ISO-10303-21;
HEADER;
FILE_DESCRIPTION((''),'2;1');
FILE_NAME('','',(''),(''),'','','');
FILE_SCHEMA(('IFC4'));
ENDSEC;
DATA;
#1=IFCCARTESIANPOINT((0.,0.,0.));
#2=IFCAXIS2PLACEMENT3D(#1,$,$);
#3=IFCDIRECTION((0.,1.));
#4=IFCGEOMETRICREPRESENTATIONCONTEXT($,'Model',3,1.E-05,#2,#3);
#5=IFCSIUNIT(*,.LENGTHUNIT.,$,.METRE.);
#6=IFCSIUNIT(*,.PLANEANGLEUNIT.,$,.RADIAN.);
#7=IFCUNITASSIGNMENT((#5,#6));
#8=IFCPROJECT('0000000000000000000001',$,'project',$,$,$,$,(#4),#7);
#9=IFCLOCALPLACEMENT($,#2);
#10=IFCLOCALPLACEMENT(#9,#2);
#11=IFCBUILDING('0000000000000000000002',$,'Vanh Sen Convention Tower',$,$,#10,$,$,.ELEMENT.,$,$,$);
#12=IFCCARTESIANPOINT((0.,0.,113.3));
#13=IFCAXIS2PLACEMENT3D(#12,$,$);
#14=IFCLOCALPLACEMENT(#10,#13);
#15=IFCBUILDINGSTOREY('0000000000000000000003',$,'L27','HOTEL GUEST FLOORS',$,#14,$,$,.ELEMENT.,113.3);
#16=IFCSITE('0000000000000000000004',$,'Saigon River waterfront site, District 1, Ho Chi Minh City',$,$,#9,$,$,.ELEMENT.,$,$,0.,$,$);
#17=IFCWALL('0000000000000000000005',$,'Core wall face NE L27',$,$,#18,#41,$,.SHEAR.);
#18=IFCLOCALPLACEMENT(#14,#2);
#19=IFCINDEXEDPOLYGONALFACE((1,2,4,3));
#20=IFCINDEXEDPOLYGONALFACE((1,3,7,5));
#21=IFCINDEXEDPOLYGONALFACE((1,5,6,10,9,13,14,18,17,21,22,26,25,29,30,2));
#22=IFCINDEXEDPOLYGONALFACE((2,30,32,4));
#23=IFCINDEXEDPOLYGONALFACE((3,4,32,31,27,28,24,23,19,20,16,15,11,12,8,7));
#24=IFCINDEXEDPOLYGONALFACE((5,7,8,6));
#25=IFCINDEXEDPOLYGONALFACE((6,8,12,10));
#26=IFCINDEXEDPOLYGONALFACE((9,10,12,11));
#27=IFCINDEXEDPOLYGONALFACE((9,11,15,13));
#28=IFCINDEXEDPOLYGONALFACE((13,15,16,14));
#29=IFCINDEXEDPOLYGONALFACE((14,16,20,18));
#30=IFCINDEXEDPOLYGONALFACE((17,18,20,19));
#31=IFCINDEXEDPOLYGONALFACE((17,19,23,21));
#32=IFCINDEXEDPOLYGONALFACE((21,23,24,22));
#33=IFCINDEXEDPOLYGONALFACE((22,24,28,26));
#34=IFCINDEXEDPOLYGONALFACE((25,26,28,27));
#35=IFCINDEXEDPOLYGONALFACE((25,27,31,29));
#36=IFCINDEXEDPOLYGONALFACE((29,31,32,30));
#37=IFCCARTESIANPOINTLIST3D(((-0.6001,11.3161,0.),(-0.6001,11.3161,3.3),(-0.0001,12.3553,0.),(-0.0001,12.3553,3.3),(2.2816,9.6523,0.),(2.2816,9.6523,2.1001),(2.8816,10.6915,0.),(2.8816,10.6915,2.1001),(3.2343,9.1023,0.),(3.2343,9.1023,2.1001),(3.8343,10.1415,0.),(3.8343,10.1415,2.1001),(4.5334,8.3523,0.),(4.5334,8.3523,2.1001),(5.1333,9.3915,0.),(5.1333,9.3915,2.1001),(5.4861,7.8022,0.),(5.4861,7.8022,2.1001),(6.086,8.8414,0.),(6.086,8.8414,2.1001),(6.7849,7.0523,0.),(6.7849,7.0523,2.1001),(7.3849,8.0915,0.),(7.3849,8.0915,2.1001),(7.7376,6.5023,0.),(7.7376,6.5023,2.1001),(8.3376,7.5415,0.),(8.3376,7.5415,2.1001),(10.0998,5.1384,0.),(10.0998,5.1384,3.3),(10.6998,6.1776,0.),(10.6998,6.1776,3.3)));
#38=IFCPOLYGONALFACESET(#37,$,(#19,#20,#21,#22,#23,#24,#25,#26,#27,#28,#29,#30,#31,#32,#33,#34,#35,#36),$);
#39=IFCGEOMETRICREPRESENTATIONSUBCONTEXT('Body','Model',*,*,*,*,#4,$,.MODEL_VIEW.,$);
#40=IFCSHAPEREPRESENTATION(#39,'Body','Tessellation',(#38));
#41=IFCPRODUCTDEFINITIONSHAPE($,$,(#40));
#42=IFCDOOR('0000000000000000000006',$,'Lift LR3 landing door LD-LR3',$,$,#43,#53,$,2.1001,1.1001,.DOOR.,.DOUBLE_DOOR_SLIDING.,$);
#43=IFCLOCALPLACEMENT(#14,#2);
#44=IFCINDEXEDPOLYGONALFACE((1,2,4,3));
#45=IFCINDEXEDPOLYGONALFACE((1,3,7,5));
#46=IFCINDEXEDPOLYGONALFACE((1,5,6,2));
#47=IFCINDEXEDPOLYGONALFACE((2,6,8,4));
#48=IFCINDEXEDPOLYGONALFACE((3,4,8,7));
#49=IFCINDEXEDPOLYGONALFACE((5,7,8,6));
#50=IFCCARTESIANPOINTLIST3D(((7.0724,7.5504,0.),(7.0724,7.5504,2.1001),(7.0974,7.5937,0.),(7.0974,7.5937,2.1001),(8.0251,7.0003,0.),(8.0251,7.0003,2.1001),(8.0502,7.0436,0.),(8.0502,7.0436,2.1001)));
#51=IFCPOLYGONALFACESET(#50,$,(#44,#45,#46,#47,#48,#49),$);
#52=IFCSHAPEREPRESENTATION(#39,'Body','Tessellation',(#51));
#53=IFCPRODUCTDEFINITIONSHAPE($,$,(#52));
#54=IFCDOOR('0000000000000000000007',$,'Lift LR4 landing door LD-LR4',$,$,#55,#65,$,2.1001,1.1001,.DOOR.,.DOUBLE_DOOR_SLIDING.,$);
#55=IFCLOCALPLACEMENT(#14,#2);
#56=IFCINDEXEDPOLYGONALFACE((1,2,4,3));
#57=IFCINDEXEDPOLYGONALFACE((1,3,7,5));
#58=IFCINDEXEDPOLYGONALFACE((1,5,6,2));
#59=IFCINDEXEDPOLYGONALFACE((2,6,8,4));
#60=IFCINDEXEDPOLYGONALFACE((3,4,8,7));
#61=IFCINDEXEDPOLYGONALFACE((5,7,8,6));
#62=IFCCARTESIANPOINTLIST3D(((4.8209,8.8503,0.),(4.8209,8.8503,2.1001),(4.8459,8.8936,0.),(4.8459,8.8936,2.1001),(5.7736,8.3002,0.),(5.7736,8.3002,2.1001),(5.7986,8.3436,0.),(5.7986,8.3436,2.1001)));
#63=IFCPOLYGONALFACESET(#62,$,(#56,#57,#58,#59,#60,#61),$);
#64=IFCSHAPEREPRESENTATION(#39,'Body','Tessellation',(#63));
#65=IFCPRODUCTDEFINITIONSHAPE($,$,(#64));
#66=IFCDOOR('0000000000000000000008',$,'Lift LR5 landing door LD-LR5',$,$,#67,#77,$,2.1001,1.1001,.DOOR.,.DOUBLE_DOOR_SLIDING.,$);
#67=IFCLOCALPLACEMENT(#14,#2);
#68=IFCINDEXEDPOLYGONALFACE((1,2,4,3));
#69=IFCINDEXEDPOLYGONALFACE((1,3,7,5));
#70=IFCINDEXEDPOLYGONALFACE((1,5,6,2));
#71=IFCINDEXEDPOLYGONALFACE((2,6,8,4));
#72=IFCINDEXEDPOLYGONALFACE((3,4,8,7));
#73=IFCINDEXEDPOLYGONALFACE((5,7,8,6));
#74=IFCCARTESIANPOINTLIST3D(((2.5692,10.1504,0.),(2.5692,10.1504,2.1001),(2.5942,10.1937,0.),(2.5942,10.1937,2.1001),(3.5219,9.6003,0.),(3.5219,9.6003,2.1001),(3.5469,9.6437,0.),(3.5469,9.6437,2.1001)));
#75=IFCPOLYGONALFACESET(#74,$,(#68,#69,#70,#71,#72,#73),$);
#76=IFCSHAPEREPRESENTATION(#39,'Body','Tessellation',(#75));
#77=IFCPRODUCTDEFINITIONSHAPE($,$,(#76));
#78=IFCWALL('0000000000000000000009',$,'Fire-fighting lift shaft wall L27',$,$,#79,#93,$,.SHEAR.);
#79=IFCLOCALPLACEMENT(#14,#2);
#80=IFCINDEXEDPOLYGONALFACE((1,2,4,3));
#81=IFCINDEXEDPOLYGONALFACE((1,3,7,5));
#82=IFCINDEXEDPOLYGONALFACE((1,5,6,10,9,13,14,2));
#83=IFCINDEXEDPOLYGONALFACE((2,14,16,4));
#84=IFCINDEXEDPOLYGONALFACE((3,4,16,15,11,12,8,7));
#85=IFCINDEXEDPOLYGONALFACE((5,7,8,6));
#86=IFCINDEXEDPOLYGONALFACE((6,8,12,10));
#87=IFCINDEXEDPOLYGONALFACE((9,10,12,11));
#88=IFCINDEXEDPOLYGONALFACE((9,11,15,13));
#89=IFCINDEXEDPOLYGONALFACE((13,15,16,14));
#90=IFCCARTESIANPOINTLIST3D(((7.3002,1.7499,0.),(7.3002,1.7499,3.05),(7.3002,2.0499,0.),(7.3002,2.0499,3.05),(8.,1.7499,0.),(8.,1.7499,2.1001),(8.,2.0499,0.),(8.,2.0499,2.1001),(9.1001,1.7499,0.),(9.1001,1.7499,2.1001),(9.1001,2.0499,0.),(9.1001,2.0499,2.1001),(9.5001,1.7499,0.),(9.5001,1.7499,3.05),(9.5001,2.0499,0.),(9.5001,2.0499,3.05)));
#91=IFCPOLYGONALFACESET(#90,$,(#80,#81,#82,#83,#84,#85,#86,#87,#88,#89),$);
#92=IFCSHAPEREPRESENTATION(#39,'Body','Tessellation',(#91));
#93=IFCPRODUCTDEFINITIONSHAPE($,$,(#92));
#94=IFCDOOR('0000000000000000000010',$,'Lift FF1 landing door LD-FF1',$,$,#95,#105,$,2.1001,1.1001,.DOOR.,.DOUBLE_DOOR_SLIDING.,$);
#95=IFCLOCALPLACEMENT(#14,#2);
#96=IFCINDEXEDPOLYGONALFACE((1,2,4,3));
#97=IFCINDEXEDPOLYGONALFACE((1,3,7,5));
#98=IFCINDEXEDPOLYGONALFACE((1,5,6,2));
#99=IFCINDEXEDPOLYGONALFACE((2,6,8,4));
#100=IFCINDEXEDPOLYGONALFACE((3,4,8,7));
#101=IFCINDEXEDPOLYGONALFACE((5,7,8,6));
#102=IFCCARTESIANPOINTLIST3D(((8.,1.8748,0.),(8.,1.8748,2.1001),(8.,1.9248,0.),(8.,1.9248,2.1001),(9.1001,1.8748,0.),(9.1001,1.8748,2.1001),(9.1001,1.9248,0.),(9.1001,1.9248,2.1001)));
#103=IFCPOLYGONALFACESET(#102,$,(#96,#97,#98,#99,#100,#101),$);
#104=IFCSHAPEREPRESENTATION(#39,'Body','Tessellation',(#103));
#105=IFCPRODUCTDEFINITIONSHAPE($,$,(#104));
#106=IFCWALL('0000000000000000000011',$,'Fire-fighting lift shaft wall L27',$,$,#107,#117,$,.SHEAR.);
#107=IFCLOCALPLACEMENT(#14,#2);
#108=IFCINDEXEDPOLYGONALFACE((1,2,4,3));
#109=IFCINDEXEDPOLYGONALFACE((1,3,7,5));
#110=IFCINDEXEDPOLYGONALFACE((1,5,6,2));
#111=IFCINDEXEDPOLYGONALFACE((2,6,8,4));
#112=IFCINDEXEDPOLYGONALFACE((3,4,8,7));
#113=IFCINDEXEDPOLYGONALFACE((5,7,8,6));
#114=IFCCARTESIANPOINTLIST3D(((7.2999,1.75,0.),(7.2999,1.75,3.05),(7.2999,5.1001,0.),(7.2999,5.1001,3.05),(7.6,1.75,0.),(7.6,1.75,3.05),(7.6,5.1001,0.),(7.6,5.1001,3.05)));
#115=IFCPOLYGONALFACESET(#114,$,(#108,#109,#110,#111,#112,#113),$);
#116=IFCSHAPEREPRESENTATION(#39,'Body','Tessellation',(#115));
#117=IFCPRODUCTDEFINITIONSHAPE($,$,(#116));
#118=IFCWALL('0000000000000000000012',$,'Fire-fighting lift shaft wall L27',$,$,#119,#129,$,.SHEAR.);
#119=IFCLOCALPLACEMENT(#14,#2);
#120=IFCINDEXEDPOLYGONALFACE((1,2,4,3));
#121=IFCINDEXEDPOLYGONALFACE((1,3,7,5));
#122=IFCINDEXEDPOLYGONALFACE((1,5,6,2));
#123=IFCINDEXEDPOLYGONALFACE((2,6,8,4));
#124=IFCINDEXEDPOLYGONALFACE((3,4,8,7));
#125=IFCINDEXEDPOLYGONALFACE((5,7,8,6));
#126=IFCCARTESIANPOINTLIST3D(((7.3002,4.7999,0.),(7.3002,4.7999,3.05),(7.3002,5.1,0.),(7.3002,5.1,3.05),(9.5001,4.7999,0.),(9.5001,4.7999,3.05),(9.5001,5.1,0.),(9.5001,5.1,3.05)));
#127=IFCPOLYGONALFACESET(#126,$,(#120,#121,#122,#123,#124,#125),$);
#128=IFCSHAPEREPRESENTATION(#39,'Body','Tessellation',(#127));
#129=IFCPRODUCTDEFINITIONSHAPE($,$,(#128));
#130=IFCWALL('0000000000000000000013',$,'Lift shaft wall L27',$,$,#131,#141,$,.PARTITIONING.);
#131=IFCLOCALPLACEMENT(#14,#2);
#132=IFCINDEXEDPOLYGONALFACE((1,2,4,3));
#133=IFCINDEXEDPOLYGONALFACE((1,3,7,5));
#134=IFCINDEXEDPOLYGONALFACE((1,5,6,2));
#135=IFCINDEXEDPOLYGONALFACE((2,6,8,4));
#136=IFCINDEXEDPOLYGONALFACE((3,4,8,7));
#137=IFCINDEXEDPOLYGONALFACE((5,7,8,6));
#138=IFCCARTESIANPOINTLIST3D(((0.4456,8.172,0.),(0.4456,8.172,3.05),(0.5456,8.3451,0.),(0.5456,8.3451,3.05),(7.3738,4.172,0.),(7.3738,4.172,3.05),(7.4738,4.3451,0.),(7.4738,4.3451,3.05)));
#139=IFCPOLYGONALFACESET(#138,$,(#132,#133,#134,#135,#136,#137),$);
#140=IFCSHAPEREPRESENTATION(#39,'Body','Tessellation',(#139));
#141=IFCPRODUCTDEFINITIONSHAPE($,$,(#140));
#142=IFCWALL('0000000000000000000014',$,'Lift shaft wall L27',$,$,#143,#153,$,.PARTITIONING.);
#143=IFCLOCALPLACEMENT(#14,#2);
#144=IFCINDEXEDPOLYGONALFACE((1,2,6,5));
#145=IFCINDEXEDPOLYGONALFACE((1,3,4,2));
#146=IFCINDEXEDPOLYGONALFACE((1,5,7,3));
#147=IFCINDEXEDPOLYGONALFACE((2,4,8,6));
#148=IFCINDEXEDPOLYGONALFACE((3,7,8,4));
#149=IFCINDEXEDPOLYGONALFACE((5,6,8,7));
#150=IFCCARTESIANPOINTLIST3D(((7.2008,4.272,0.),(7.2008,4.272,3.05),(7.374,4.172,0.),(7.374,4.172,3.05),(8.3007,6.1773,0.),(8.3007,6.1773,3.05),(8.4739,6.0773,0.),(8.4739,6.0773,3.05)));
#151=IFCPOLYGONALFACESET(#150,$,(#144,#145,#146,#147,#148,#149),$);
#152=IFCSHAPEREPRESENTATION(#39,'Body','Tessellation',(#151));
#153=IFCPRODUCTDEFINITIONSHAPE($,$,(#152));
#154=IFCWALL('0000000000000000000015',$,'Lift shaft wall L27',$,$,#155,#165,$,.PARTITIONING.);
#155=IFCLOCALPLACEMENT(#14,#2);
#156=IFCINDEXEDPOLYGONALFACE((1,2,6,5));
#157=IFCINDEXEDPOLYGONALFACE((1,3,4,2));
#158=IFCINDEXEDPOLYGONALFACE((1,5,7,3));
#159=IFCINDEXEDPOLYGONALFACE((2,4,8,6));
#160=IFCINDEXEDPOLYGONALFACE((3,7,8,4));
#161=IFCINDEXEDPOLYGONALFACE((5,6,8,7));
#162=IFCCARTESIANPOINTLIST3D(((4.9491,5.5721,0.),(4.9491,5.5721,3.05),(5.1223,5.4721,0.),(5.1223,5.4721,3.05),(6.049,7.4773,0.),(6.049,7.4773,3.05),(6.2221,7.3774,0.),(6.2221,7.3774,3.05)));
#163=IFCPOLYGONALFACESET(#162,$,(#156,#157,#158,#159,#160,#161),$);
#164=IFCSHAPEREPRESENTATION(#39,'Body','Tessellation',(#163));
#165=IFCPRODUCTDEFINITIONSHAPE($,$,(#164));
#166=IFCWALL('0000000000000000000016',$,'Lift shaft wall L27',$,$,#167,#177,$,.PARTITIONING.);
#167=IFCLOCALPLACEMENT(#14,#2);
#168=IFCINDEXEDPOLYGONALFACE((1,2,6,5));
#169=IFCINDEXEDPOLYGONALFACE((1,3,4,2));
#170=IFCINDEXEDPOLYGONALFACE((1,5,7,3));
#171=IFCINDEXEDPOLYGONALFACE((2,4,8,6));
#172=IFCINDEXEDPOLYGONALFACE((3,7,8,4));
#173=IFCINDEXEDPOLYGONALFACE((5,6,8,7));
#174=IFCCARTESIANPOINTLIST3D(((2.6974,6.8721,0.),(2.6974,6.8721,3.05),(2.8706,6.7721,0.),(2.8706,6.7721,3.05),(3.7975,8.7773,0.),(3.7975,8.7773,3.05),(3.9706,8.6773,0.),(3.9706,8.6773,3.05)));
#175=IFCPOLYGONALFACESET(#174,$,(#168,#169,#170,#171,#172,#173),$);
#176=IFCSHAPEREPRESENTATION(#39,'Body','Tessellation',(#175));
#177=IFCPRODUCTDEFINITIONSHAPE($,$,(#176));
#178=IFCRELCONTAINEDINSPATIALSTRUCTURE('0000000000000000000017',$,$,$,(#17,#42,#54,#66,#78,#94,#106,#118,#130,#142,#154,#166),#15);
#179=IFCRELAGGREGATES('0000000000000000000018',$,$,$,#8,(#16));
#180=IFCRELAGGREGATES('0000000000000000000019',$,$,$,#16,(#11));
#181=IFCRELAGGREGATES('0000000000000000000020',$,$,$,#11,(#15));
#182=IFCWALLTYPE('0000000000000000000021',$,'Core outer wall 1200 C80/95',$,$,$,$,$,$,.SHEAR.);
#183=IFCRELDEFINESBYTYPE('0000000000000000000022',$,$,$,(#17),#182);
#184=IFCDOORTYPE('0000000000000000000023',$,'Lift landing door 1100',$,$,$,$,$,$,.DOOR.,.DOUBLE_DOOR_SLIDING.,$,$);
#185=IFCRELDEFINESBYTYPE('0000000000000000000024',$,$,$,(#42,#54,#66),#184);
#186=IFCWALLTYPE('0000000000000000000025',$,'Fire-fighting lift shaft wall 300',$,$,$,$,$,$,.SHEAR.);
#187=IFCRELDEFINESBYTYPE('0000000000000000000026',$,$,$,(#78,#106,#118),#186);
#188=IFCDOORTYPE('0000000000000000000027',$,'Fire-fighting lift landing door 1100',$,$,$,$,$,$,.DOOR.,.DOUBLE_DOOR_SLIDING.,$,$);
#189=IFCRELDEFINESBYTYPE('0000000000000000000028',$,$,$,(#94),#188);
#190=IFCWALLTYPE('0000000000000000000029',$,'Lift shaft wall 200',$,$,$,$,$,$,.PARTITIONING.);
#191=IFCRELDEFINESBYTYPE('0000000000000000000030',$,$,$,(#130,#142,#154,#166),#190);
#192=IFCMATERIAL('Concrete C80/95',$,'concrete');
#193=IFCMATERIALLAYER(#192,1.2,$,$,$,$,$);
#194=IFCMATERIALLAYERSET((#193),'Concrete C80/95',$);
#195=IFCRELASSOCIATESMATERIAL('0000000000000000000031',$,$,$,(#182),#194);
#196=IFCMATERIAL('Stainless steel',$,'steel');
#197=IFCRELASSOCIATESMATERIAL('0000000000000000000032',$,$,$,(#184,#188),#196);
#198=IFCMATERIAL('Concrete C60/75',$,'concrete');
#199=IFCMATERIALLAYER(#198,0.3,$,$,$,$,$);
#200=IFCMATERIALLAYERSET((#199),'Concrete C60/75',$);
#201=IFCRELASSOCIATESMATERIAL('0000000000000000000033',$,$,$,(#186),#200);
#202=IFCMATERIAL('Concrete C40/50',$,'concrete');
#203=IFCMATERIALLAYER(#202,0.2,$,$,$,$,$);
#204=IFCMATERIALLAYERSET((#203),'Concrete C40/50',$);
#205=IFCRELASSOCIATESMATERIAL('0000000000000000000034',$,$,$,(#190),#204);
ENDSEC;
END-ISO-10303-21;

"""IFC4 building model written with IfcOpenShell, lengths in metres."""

from ifc_helpers import new_model, si_unit, direction, frame, frame_2d, origin, place, context, subcontext, project, spatial, rectangle, extrude, material, layer, layer_set, type_object, element, fill, save


model = new_model("IFC4")

# Units and contexts
model_context = context("Model", 3, precision=1e-05, world=origin(), true_north=direction((0.0, 1.0)))
body_context = subcontext(model_context, "Body", "Model", "MODEL_VIEW")
ifc_project = project(units=[si_unit("LENGTHUNIT", "METRE"), si_unit("PLANEANGLEUNIT", "RADIAN")], contexts=[model_context])

# Site, building, storey
site_placement = place(None, origin())
site = spatial("IfcSite", under=ifc_project, at=site_placement, Name="Saigon River waterfront site, District 1, Ho Chi Minh City", CompositionType="ELEMENT", RefElevation=0.0)
building_placement = place(site_placement, origin())
building = spatial("IfcBuilding", under=site, at=building_placement, Name="Vanh Sen Convention Tower", CompositionType="ELEMENT")
storey_placement = place(building_placement, frame((0.0, 0.0, 113.3)))
storey = spatial("IfcBuildingStorey", under=building, at=storey_placement, Name="L27", Description="HOTEL GUEST FLOORS", CompositionType="ELEMENT", Elevation=113.3)

# Wall, openings, doors
ifc_material_1 = material(Name="Concrete C80/95", Category="concrete")
ifc_layer_1 = layer(ifc_material_1, 1.2)
ifc_layer_set_1 = layer_set([ifc_layer_1], Name="Concrete C80/95")
wall_type_1 = type_object("IfcWallType", Name="Core outer wall 1200 C80/95", PredefinedType="SHEAR", material=ifc_layer_set_1)
wall_1_placement = place(storey_placement, frame((10.3999, 5.658, 0.0), z_axis=(0.0, 0.0, 1.0), x_axis=(-0.866021, 0.500007, 0.0)))
wall_1 = element("IfcWall", 1, at=wall_1_placement, inside=storey, type_object=wall_type_1, Name="Core wall face NE L27", PredefinedType="SHEAR", context=body_context, shape_type="SweptSolid", body=[
    extrude(rectangle(XDim=12.3552, YDim=1.2, at=frame_2d((6.1777, 0.0))), origin(), (0.0, 0.0, 1.0), 3.3),
])
opening_1_placement = place(wall_1_placement, frame((2.7278, 0.0, 0.0)))
opening_1 = element("IfcOpeningElement", 2, at=opening_1_placement, cuts=wall_1, PredefinedType="OPENING", context=body_context, shape_type="SweptSolid", body=[
    extrude(rectangle(XDim=1.1001, YDim=2.1001, at=frame_2d((0.55, 1.05))), frame((0.0, 0.6099, 0.0), z_axis=(0.0, -1.0, 0.0), x_axis=(1.0, 0.0, 0.0)), (0.0, 0.0, 1.0), 1.22),
])
opening_2_placement = place(wall_1_placement, frame((5.3276, 0.0, 0.0)))
opening_2 = element("IfcOpeningElement", 3, at=opening_2_placement, cuts=wall_1, PredefinedType="OPENING", context=body_context, shape_type="SweptSolid", body=[
    extrude(rectangle(XDim=1.1001, YDim=2.1001, at=frame_2d((0.55, 1.05))), frame((0.0, 0.6099, 0.0), z_axis=(0.0, -1.0, 0.0), x_axis=(1.0, 0.0, 0.0)), (0.0, 0.0, 1.0), 1.22),
])
opening_3_placement = place(wall_1_placement, frame((7.9277, 0.0, 0.0)))
opening_3 = element("IfcOpeningElement", 4, at=opening_3_placement, cuts=wall_1, PredefinedType="OPENING", context=body_context, shape_type="SweptSolid", body=[
    extrude(rectangle(XDim=1.1001, YDim=2.1001, at=frame_2d((0.55, 1.05))), frame((0.0, 0.6099, 0.0), z_axis=(0.0, -1.0, 0.0), x_axis=(1.0, 0.0, 0.0)), (0.0, 0.0, 1.0), 1.22),
])
ifc_material_2 = material(Name="Stainless steel", Category="steel")
door_type_1 = type_object("IfcDoorType", Name="Lift landing door 1100", OperationType="DOUBLE_DOOR_SLIDING", PredefinedType="DOOR", material=ifc_material_2)
door_1_placement = place(opening_1_placement, origin())
door_1 = element("IfcDoor", 5, at=door_1_placement, inside=storey, type_object=door_type_1, Name="Lift LR3 landing door LD-LR3", OperationType="DOUBLE_DOOR_SLIDING", OverallHeight=2.1001, OverallWidth=1.1001, PredefinedType="DOOR", context=body_context, shape_type="SweptSolid", body=[
    extrude(rectangle(XDim=1.1001, YDim=2.1001, at=frame_2d((0.55, 1.05))), frame((0.0, 0.0249, 0.0), z_axis=(0.0, -1.0, 0.0), x_axis=(1.0, 0.0, 0.0)), (0.0, 0.0, 1.0), 0.05),
])
fill(opening_1, door_1)
door_2_placement = place(opening_2_placement, origin())
door_2 = element("IfcDoor", 6, at=door_2_placement, inside=storey, type_object=door_type_1, Name="Lift LR4 landing door LD-LR4", OperationType="DOUBLE_DOOR_SLIDING", OverallHeight=2.1001, OverallWidth=1.1001, PredefinedType="DOOR", context=body_context, shape_type="SweptSolid", body=[
    extrude(rectangle(XDim=1.1001, YDim=2.1001, at=frame_2d((0.55, 1.05))), frame((0.0, 0.0249, 0.0), z_axis=(0.0, -1.0, 0.0), x_axis=(1.0, 0.0, 0.0)), (0.0, 0.0, 1.0), 0.05),
])
fill(opening_2, door_2)
door_3_placement = place(opening_3_placement, origin())
door_3 = element("IfcDoor", 7, at=door_3_placement, inside=storey, type_object=door_type_1, Name="Lift LR5 landing door LD-LR5", OperationType="DOUBLE_DOOR_SLIDING", OverallHeight=2.1001, OverallWidth=1.1001, PredefinedType="DOOR", context=body_context, shape_type="SweptSolid", body=[
    extrude(rectangle(XDim=1.1001, YDim=2.1001, at=frame_2d((0.55, 1.05))), frame((0.0, 0.0249, 0.0), z_axis=(0.0, -1.0, 0.0), x_axis=(1.0, 0.0, 0.0)), (0.0, 0.0, 1.0), 0.05),
])
fill(opening_3, door_3)

# Wall, opening, door
ifc_material_3 = material(Name="Concrete C60/75", Category="concrete")
ifc_layer_2 = layer(ifc_material_3, 0.3)
ifc_layer_set_2 = layer_set([ifc_layer_2], Name="Concrete C60/75")
wall_type_2 = type_object("IfcWallType", Name="Fire-fighting lift shaft wall 300", PredefinedType="SHEAR", material=ifc_layer_set_2)
wall_2_placement = place(storey_placement, frame((7.3, 1.8999, 0.0), z_axis=(0.0, 0.0, 1.0), x_axis=(1.0, 0.0, 0.0)))
wall_2 = element("IfcWall", 8, at=wall_2_placement, inside=storey, type_object=wall_type_2, Name="Fire-fighting lift shaft wall L27", PredefinedType="SHEAR", context=body_context, shape_type="SweptSolid", body=[
    extrude(rectangle(XDim=2.2, YDim=0.3, at=frame_2d((1.1001, 0.0))), origin(), (0.0, 0.0, 1.0), 3.05),
])
opening_4_placement = place(wall_2_placement, frame((0.7, 0.0, 0.0)))
opening_4 = element("IfcOpeningElement", 9, at=opening_4_placement, cuts=wall_2, PredefinedType="OPENING", context=body_context, shape_type="SweptSolid", body=[
    extrude(rectangle(XDim=1.1001, YDim=2.1001, at=frame_2d((0.55, 1.05))), frame((0.0, 0.1599, 0.0), z_axis=(0.0, -1.0, 0.0), x_axis=(1.0, 0.0, 0.0)), (0.0, 0.0, 1.0), 0.3201),
])
door_type_2 = type_object("IfcDoorType", Name="Fire-fighting lift landing door 1100", OperationType="DOUBLE_DOOR_SLIDING", PredefinedType="DOOR", material=ifc_material_2)
door_4_placement = place(opening_4_placement, origin())
door_4 = element("IfcDoor", 10, at=door_4_placement, inside=storey, type_object=door_type_2, Name="Lift FF1 landing door LD-FF1", OperationType="DOUBLE_DOOR_SLIDING", OverallHeight=2.1001, OverallWidth=1.1001, PredefinedType="DOOR", context=body_context, shape_type="SweptSolid", body=[
    extrude(rectangle(XDim=1.1001, YDim=2.1001, at=frame_2d((0.55, 1.05))), frame((0.0, 0.0249, 0.0), z_axis=(0.0, -1.0, 0.0), x_axis=(1.0, 0.0, 0.0)), (0.0, 0.0, 1.0), 0.05),
])
fill(opening_4, door_4)

# Walls
wall_3_placement = place(storey_placement, frame((7.45, 1.75, 0.0), z_axis=(0.0, 0.0, 1.0), x_axis=(0.0, 1.0, 0.0)))
element("IfcWall", 11, at=wall_3_placement, inside=storey, type_object=wall_type_2, Name="Fire-fighting lift shaft wall L27", PredefinedType="SHEAR", context=body_context, shape_type="SweptSolid", body=[
    extrude(rectangle(XDim=3.3501, YDim=0.3, at=frame_2d((1.675, 0.0))), origin(), (0.0, 0.0, 1.0), 3.05),
])
wall_4_placement = place(storey_placement, frame((7.3, 4.95, 0.0), z_axis=(0.0, 0.0, 1.0), x_axis=(1.0, 0.0, 0.0)))
element("IfcWall", 12, at=wall_4_placement, inside=storey, type_object=wall_type_2, Name="Fire-fighting lift shaft wall L27", PredefinedType="SHEAR", context=body_context, shape_type="SweptSolid", body=[
    extrude(rectangle(XDim=2.2, YDim=0.3, at=frame_2d((1.1001, 0.0))), origin(), (0.0, 0.0, 1.0), 3.05),
])
ifc_material_4 = material(Name="Concrete C40/50", Category="concrete")
ifc_layer_3 = layer(ifc_material_4, 0.2)
ifc_layer_set_3 = layer_set([ifc_layer_3], Name="Concrete C40/50")
wall_type_3 = type_object("IfcWallType", Name="Lift shaft wall 200", PredefinedType="PARTITIONING", material=ifc_layer_set_3)
wall_5_placement = place(storey_placement, frame((7.4238, 4.2585, 0.0), z_axis=(0.0, 0.0, 1.0), x_axis=(-0.866026, 0.499999, 0.0)))
element("IfcWall", 13, at=wall_5_placement, inside=storey, type_object=wall_type_3, Name="Lift shaft wall L27", PredefinedType="PARTITIONING", context=body_context, shape_type="SweptSolid", body=[
    extrude(rectangle(XDim=8.0, YDim=0.2, at=frame_2d((4.0, 0.0))), origin(), (0.0, 0.0, 1.0), 3.05),
])
for number, where, z_axis, x_axis, name in (
    (14, (7.2874, 4.2219, 0.0), (0.0, 0.0, 1.0), (0.499947, 0.866056, 0.0), "Lift shaft wall L27"),
    (15, (5.0356, 5.522, 0.0), (0.0, 0.0, 1.0), (0.499947, 0.866056, 0.0), "Lift shaft wall L27"),
    (16, (2.7839, 6.822, 0.0), (0.0, 0.0, 1.0), (0.50003, 0.866008, 0.0), "Lift shaft wall L27"),
):
    element("IfcWall", number, at=place(storey_placement, frame(where, z_axis=z_axis, x_axis=x_axis)), inside=storey, type_object=wall_type_3, Name=name, PredefinedType="PARTITIONING", context=body_context, shape_type="SweptSolid", body=[
        extrude(rectangle(XDim=2.2, YDim=0.2, at=frame_2d((1.1001, 0.0))), origin(), (0.0, 0.0, 1.0), 3.05),
    ])

save(model, "model.ifc")
